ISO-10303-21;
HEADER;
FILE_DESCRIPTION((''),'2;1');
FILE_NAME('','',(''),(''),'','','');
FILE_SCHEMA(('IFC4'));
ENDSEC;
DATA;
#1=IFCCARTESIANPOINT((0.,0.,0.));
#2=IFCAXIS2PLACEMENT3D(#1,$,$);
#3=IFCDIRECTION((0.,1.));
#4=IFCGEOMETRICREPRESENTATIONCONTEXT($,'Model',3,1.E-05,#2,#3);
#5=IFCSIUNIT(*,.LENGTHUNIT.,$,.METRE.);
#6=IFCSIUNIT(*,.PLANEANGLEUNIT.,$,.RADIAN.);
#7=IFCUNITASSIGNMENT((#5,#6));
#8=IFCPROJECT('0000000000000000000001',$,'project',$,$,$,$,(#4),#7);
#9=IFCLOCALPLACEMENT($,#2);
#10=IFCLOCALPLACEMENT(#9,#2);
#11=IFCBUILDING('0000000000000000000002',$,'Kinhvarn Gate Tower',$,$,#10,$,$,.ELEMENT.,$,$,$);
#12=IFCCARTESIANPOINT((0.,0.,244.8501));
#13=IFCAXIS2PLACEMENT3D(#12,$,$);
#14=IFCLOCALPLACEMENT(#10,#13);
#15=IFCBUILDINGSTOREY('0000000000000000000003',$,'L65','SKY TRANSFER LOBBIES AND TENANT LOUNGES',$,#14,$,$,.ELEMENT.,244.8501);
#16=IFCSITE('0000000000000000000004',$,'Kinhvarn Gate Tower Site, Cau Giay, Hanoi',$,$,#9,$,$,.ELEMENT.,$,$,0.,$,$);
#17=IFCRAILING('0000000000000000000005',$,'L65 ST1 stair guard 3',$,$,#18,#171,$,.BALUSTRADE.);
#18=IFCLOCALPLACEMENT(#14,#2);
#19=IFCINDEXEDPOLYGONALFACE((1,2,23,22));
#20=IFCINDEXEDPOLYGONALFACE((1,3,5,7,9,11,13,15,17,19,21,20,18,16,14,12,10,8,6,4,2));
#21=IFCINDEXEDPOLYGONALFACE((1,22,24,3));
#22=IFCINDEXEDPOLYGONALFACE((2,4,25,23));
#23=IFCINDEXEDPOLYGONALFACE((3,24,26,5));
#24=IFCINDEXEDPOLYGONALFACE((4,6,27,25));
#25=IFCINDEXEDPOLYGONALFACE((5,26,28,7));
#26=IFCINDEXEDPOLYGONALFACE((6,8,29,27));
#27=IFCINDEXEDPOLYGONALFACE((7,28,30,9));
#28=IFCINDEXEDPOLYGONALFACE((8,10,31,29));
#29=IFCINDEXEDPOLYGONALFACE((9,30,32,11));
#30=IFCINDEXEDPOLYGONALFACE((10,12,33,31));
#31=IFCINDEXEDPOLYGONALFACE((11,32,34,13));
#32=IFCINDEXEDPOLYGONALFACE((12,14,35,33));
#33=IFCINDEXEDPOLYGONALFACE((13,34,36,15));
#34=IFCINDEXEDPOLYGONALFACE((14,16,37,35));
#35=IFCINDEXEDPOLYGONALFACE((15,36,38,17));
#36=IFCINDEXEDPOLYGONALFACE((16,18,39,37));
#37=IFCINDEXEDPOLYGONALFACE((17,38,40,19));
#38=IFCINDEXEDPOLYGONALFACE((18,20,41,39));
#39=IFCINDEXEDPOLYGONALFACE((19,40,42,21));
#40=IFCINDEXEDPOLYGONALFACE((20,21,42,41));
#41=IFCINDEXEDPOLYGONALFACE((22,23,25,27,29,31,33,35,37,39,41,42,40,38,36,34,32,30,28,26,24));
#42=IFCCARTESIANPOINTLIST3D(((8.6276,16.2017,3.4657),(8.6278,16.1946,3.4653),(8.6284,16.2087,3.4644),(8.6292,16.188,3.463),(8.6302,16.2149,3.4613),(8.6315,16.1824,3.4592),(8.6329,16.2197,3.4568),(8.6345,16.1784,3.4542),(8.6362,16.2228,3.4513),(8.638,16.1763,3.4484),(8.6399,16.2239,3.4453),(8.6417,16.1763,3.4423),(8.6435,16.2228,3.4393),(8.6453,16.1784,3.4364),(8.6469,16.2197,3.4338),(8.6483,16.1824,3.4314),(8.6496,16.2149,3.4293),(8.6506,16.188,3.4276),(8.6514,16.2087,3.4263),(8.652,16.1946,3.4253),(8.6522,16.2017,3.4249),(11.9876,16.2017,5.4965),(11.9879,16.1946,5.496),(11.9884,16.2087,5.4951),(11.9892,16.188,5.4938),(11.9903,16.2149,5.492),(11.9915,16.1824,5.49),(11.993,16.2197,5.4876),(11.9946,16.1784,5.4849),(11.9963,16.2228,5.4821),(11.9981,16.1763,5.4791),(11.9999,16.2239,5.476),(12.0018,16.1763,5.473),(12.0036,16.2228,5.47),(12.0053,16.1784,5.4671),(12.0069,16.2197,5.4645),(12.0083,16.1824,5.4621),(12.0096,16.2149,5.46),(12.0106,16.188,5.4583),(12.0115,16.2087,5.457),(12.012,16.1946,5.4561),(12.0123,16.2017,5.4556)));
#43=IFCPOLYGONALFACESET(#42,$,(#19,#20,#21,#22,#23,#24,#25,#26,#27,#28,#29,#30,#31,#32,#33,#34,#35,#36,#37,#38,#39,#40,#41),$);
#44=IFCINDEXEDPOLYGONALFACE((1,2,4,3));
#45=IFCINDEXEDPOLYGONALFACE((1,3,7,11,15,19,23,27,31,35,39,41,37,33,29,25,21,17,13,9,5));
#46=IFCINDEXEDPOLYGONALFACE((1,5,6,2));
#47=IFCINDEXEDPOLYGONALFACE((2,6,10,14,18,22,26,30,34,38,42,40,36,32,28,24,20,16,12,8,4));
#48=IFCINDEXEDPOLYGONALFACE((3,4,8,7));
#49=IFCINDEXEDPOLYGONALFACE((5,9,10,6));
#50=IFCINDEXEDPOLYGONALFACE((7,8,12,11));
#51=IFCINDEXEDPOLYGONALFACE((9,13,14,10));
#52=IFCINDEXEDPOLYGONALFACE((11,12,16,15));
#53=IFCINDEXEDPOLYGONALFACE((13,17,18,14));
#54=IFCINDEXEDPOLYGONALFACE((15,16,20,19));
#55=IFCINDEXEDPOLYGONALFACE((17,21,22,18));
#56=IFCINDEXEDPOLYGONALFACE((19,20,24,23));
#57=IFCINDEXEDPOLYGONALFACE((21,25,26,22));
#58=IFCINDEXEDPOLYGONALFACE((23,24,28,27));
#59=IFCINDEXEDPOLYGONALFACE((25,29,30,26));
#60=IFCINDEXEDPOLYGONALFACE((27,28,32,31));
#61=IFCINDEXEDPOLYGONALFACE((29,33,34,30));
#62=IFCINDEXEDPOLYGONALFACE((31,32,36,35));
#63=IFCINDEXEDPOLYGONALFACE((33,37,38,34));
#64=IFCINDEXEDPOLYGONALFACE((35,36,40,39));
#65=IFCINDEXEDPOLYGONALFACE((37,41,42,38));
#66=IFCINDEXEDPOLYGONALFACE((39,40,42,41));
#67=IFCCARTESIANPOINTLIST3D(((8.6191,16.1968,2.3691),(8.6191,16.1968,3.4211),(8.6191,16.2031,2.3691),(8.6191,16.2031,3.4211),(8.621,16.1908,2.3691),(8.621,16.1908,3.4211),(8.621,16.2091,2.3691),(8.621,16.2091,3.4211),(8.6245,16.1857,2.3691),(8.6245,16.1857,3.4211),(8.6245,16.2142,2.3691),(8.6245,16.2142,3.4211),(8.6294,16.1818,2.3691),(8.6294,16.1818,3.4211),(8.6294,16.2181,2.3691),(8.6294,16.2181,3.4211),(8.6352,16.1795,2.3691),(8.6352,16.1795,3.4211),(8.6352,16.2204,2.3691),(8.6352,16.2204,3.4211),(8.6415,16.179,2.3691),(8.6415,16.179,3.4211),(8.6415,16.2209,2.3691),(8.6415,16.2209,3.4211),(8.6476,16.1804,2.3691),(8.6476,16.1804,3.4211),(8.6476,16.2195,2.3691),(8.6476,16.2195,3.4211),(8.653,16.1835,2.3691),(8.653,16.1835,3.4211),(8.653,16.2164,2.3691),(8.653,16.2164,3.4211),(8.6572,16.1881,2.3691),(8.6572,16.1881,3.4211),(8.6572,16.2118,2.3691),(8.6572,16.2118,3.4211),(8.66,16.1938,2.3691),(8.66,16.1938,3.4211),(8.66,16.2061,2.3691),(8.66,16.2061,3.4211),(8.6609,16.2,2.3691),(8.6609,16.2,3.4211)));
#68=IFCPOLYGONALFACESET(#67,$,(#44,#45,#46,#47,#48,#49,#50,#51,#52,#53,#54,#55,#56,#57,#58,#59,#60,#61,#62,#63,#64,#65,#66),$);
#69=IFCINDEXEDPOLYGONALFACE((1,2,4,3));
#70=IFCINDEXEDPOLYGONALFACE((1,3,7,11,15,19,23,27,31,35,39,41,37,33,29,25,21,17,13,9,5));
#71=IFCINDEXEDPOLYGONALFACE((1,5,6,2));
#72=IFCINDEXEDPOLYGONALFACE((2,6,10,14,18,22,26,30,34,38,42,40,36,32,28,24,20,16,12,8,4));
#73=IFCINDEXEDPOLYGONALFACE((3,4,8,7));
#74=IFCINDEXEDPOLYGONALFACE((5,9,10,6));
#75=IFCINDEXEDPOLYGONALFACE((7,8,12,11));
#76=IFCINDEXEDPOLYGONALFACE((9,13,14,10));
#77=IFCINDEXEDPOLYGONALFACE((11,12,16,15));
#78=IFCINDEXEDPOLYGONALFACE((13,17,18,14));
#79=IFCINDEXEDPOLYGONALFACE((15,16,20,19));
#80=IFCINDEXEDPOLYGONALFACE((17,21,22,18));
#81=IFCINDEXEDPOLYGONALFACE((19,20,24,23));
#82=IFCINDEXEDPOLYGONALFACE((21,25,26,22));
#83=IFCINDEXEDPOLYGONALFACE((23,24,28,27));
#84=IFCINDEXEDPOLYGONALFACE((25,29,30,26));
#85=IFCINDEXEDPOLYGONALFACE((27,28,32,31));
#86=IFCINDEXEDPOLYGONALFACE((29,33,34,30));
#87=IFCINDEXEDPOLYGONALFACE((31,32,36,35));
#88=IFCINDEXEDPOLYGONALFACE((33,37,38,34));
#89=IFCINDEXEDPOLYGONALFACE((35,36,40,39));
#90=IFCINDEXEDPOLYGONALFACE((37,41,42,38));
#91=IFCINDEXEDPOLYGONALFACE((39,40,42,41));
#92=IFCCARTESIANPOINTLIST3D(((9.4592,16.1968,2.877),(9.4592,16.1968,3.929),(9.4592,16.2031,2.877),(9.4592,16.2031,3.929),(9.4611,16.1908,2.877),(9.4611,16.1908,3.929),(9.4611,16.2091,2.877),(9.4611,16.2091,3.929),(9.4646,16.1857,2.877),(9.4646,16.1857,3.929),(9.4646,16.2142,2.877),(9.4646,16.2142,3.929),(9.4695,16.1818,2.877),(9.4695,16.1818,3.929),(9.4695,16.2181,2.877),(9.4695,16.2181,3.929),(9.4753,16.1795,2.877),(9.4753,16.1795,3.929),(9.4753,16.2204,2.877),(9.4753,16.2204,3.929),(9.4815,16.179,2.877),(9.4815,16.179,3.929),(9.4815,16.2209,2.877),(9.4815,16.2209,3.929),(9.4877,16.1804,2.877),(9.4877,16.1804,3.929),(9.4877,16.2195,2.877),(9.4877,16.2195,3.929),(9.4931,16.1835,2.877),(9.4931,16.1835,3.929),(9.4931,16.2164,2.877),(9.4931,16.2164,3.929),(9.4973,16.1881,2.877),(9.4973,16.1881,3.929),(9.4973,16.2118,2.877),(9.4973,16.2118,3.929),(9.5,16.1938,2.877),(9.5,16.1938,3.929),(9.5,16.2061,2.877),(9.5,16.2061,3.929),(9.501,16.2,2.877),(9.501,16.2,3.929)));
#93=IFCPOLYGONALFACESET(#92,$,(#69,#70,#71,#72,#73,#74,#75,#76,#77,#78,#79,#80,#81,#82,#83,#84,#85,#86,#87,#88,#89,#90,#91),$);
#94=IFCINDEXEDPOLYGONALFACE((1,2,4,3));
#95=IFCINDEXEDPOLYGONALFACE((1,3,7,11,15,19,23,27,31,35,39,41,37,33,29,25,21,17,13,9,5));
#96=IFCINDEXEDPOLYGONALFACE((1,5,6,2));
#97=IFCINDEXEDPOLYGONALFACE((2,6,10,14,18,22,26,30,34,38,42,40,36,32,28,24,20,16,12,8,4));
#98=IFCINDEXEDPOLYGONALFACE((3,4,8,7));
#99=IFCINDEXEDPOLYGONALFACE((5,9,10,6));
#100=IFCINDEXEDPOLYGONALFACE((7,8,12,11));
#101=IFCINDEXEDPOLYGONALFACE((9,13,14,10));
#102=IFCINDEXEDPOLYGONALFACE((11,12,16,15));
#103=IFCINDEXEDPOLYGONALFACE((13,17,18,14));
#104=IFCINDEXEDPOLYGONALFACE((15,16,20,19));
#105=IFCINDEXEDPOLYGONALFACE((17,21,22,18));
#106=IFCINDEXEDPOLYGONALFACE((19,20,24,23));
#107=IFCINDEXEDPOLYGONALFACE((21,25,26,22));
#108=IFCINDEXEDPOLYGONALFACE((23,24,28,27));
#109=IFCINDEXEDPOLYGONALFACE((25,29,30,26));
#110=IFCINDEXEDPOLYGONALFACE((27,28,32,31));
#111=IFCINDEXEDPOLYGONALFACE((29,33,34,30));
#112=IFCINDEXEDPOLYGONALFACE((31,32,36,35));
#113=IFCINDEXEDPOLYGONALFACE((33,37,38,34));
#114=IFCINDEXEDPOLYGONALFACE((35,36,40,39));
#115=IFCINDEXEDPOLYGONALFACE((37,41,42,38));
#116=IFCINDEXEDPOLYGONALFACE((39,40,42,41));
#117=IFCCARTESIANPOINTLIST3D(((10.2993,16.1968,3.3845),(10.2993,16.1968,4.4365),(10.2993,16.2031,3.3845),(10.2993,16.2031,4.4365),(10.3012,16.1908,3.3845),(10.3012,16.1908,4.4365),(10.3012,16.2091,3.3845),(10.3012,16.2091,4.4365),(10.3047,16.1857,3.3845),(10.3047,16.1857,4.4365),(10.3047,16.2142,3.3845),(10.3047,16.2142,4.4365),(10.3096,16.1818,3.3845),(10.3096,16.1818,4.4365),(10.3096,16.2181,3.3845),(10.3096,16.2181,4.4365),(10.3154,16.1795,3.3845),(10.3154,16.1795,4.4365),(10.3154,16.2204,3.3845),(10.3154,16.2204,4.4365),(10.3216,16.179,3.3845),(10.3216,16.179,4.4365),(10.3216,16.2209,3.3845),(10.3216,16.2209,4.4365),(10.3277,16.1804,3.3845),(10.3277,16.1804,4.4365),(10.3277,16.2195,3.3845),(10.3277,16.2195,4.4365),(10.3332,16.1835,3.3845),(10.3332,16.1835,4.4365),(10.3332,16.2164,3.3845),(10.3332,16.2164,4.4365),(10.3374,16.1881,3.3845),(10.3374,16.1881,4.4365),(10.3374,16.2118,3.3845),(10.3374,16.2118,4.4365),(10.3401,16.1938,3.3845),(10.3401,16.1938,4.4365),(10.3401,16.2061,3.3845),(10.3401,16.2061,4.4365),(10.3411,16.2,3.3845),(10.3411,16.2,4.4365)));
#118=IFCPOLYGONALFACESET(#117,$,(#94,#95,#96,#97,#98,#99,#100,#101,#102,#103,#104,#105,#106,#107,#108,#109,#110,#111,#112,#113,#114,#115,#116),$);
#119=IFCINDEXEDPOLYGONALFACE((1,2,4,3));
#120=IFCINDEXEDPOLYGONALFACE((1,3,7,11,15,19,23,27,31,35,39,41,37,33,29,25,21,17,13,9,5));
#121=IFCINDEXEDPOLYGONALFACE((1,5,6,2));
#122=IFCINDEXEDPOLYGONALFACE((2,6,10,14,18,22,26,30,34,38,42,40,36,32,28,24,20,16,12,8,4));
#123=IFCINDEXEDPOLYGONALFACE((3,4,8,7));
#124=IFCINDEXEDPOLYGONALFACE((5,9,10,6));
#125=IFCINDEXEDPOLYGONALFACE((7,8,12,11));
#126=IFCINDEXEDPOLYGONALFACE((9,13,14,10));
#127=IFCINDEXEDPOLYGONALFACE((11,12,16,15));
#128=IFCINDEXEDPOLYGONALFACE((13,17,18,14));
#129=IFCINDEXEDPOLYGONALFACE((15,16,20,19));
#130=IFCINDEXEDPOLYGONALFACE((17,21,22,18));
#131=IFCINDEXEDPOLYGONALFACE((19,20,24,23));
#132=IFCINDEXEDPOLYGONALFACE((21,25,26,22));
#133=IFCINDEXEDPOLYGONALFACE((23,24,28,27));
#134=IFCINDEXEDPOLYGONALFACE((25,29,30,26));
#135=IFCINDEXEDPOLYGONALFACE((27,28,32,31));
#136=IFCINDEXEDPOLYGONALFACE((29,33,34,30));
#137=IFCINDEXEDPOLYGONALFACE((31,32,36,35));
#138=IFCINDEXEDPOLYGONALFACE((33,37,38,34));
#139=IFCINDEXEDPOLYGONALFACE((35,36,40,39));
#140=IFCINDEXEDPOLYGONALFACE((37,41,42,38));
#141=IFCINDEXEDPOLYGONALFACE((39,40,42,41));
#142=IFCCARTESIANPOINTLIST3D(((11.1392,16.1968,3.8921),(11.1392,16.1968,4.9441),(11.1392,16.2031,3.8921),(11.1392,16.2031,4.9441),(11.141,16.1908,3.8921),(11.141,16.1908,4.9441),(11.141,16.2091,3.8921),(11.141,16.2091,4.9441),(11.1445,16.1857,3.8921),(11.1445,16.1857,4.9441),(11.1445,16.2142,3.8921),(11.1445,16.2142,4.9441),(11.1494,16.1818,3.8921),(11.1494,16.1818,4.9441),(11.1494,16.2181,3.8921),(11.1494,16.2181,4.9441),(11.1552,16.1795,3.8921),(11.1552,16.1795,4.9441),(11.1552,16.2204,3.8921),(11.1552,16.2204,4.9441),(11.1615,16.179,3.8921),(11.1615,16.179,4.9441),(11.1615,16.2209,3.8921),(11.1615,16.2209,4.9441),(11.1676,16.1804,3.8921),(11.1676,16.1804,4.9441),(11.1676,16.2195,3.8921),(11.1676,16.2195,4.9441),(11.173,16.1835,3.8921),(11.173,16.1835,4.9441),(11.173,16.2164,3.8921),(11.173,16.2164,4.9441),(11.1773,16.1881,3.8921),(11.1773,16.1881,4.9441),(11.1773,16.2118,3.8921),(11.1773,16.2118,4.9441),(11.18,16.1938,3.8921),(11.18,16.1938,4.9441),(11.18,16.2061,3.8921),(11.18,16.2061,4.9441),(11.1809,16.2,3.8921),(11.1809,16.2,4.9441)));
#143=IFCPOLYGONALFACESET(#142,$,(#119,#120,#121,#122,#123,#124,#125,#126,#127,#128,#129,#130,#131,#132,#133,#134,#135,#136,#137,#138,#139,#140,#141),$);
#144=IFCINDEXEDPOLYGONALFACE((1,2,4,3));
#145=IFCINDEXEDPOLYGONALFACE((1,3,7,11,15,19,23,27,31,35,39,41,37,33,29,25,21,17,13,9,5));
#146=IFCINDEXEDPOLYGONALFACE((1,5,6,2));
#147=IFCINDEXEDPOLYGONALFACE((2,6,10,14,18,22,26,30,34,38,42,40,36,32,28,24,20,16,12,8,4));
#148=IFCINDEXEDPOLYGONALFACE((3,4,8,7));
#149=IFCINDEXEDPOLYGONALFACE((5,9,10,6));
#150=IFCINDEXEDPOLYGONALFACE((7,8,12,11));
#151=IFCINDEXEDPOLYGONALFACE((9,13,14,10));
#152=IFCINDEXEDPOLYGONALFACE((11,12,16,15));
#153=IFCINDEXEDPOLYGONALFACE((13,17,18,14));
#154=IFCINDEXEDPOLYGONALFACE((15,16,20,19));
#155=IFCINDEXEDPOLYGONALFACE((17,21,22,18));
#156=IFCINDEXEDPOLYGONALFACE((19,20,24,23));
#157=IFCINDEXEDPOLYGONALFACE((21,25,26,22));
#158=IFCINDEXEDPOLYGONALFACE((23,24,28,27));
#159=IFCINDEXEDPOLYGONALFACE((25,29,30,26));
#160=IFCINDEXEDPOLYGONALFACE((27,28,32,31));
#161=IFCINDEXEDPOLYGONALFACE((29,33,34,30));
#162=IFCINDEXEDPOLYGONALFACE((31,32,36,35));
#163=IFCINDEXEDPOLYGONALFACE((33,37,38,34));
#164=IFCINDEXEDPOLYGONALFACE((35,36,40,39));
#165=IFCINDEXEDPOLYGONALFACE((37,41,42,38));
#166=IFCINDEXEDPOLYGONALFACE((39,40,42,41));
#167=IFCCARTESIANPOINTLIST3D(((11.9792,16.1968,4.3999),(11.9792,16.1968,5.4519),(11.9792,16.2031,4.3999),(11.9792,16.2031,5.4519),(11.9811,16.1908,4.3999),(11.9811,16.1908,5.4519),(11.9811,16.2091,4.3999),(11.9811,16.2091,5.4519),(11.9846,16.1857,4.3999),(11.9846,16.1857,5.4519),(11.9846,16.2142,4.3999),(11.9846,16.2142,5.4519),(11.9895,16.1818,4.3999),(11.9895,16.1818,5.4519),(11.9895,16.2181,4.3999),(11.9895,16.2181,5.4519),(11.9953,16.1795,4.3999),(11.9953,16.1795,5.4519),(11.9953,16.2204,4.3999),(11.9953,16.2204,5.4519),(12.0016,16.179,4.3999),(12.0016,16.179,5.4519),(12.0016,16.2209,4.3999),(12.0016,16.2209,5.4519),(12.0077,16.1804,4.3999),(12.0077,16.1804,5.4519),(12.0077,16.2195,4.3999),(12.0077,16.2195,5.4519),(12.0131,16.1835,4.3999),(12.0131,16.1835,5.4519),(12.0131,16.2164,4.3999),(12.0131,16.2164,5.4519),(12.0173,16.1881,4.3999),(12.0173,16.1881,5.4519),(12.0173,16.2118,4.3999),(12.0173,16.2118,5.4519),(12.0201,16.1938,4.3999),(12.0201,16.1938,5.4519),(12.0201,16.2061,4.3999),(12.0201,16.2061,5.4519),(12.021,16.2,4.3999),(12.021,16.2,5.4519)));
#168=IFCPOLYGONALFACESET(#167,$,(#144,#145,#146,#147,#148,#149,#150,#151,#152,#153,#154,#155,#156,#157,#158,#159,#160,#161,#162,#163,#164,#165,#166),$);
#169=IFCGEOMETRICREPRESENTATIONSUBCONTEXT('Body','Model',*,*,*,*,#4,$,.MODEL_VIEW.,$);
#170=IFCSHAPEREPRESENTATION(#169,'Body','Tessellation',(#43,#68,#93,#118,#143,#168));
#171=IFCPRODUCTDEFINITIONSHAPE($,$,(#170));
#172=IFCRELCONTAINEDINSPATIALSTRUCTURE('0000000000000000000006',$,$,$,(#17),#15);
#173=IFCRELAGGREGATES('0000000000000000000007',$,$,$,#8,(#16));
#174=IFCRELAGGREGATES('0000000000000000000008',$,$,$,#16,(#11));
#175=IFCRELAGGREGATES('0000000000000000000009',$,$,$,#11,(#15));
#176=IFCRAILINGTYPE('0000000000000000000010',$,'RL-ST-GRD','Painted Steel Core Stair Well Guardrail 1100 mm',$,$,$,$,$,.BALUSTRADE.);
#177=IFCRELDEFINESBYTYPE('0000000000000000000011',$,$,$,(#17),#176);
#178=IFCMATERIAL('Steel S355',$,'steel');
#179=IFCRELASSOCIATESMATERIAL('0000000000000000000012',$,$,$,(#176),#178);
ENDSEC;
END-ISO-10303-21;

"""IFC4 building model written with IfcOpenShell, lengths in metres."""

from ifc_helpers import new_model, si_unit, direction, frame, origin, origin_2d, place, context, subcontext, project, spatial, circle, extrude, material, type_object, element, save


model = new_model("IFC4")

# Units and contexts
model_context = context("Model", 3, precision=1e-05, world=origin(), true_north=direction((0.0, 1.0)))
body_context = subcontext(model_context, "Body", "Model", "MODEL_VIEW")
ifc_project = project(units=[si_unit("LENGTHUNIT", "METRE"), si_unit("PLANEANGLEUNIT", "RADIAN")], contexts=[model_context])

# Site, building, storey
site_placement = place(None, origin())
site = spatial("IfcSite", under=ifc_project, at=site_placement, Name="Kinhvarn Gate Tower Site, Cau Giay, Hanoi", CompositionType="ELEMENT", RefElevation=0.0)
building_placement = place(site_placement, origin())
building = spatial("IfcBuilding", under=site, at=building_placement, Name="Kinhvarn Gate Tower", CompositionType="ELEMENT")
storey_placement = place(building_placement, frame((0.0, 0.0, 244.8501)))
storey = spatial("IfcBuildingStorey", under=building, at=storey_placement, Name="L65", Description="SKY TRANSFER LOBBIES AND TENANT LOUNGES", CompositionType="ELEMENT", Elevation=244.8501)

# Shared definitions
ifc_material_1 = material(Name="Steel S355", Category="steel")

# Railing
railing_type_1 = type_object("IfcRailingType", Name="RL-ST-GRD", Description="Painted Steel Core Stair Well Guardrail 1100 mm", PredefinedType="BALUSTRADE", material=ifc_material_1)
railing_1_placement = place(storey_placement, frame((8.6399, 16.2, 2.3691)))
element("IfcRailing", 1, at=railing_1_placement, inside=storey, type_object=railing_type_1, Name="L65 ST1 stair guard 3", PredefinedType="BALUSTRADE", context=body_context, shape_type="SweptSolid", body=[
    extrude(circle(Radius=0.0239, at=origin_2d()), frame((0.0, 0.0, 1.0762), z_axis=(0.855837, 0.0, 0.517246), x_axis=(0.0, 1.0, 0.0)), (0.0, 0.0, 1.0), 3.926),
    extrude(circle(Radius=0.021, at=origin_2d()), origin(), (0.0, 0.0, 1.0), 1.052),
    extrude(circle(Radius=0.021, at=origin_2d()), frame((0.8401, 0.0, 0.5078)), (0.0, 0.0, 1.0), 1.052),
    extrude(circle(Radius=0.021, at=origin_2d()), frame((1.6802, 0.0, 1.0154)), (0.0, 0.0, 1.0), 1.052),
    extrude(circle(Radius=0.021, at=origin_2d()), frame((2.52, 0.0, 1.5229)), (0.0, 0.0, 1.0), 1.052),
    extrude(circle(Radius=0.021, at=origin_2d()), frame((3.3601, 0.0, 2.0308)), (0.0, 0.0, 1.0), 1.052),
])

save(model, "model.ifc")
